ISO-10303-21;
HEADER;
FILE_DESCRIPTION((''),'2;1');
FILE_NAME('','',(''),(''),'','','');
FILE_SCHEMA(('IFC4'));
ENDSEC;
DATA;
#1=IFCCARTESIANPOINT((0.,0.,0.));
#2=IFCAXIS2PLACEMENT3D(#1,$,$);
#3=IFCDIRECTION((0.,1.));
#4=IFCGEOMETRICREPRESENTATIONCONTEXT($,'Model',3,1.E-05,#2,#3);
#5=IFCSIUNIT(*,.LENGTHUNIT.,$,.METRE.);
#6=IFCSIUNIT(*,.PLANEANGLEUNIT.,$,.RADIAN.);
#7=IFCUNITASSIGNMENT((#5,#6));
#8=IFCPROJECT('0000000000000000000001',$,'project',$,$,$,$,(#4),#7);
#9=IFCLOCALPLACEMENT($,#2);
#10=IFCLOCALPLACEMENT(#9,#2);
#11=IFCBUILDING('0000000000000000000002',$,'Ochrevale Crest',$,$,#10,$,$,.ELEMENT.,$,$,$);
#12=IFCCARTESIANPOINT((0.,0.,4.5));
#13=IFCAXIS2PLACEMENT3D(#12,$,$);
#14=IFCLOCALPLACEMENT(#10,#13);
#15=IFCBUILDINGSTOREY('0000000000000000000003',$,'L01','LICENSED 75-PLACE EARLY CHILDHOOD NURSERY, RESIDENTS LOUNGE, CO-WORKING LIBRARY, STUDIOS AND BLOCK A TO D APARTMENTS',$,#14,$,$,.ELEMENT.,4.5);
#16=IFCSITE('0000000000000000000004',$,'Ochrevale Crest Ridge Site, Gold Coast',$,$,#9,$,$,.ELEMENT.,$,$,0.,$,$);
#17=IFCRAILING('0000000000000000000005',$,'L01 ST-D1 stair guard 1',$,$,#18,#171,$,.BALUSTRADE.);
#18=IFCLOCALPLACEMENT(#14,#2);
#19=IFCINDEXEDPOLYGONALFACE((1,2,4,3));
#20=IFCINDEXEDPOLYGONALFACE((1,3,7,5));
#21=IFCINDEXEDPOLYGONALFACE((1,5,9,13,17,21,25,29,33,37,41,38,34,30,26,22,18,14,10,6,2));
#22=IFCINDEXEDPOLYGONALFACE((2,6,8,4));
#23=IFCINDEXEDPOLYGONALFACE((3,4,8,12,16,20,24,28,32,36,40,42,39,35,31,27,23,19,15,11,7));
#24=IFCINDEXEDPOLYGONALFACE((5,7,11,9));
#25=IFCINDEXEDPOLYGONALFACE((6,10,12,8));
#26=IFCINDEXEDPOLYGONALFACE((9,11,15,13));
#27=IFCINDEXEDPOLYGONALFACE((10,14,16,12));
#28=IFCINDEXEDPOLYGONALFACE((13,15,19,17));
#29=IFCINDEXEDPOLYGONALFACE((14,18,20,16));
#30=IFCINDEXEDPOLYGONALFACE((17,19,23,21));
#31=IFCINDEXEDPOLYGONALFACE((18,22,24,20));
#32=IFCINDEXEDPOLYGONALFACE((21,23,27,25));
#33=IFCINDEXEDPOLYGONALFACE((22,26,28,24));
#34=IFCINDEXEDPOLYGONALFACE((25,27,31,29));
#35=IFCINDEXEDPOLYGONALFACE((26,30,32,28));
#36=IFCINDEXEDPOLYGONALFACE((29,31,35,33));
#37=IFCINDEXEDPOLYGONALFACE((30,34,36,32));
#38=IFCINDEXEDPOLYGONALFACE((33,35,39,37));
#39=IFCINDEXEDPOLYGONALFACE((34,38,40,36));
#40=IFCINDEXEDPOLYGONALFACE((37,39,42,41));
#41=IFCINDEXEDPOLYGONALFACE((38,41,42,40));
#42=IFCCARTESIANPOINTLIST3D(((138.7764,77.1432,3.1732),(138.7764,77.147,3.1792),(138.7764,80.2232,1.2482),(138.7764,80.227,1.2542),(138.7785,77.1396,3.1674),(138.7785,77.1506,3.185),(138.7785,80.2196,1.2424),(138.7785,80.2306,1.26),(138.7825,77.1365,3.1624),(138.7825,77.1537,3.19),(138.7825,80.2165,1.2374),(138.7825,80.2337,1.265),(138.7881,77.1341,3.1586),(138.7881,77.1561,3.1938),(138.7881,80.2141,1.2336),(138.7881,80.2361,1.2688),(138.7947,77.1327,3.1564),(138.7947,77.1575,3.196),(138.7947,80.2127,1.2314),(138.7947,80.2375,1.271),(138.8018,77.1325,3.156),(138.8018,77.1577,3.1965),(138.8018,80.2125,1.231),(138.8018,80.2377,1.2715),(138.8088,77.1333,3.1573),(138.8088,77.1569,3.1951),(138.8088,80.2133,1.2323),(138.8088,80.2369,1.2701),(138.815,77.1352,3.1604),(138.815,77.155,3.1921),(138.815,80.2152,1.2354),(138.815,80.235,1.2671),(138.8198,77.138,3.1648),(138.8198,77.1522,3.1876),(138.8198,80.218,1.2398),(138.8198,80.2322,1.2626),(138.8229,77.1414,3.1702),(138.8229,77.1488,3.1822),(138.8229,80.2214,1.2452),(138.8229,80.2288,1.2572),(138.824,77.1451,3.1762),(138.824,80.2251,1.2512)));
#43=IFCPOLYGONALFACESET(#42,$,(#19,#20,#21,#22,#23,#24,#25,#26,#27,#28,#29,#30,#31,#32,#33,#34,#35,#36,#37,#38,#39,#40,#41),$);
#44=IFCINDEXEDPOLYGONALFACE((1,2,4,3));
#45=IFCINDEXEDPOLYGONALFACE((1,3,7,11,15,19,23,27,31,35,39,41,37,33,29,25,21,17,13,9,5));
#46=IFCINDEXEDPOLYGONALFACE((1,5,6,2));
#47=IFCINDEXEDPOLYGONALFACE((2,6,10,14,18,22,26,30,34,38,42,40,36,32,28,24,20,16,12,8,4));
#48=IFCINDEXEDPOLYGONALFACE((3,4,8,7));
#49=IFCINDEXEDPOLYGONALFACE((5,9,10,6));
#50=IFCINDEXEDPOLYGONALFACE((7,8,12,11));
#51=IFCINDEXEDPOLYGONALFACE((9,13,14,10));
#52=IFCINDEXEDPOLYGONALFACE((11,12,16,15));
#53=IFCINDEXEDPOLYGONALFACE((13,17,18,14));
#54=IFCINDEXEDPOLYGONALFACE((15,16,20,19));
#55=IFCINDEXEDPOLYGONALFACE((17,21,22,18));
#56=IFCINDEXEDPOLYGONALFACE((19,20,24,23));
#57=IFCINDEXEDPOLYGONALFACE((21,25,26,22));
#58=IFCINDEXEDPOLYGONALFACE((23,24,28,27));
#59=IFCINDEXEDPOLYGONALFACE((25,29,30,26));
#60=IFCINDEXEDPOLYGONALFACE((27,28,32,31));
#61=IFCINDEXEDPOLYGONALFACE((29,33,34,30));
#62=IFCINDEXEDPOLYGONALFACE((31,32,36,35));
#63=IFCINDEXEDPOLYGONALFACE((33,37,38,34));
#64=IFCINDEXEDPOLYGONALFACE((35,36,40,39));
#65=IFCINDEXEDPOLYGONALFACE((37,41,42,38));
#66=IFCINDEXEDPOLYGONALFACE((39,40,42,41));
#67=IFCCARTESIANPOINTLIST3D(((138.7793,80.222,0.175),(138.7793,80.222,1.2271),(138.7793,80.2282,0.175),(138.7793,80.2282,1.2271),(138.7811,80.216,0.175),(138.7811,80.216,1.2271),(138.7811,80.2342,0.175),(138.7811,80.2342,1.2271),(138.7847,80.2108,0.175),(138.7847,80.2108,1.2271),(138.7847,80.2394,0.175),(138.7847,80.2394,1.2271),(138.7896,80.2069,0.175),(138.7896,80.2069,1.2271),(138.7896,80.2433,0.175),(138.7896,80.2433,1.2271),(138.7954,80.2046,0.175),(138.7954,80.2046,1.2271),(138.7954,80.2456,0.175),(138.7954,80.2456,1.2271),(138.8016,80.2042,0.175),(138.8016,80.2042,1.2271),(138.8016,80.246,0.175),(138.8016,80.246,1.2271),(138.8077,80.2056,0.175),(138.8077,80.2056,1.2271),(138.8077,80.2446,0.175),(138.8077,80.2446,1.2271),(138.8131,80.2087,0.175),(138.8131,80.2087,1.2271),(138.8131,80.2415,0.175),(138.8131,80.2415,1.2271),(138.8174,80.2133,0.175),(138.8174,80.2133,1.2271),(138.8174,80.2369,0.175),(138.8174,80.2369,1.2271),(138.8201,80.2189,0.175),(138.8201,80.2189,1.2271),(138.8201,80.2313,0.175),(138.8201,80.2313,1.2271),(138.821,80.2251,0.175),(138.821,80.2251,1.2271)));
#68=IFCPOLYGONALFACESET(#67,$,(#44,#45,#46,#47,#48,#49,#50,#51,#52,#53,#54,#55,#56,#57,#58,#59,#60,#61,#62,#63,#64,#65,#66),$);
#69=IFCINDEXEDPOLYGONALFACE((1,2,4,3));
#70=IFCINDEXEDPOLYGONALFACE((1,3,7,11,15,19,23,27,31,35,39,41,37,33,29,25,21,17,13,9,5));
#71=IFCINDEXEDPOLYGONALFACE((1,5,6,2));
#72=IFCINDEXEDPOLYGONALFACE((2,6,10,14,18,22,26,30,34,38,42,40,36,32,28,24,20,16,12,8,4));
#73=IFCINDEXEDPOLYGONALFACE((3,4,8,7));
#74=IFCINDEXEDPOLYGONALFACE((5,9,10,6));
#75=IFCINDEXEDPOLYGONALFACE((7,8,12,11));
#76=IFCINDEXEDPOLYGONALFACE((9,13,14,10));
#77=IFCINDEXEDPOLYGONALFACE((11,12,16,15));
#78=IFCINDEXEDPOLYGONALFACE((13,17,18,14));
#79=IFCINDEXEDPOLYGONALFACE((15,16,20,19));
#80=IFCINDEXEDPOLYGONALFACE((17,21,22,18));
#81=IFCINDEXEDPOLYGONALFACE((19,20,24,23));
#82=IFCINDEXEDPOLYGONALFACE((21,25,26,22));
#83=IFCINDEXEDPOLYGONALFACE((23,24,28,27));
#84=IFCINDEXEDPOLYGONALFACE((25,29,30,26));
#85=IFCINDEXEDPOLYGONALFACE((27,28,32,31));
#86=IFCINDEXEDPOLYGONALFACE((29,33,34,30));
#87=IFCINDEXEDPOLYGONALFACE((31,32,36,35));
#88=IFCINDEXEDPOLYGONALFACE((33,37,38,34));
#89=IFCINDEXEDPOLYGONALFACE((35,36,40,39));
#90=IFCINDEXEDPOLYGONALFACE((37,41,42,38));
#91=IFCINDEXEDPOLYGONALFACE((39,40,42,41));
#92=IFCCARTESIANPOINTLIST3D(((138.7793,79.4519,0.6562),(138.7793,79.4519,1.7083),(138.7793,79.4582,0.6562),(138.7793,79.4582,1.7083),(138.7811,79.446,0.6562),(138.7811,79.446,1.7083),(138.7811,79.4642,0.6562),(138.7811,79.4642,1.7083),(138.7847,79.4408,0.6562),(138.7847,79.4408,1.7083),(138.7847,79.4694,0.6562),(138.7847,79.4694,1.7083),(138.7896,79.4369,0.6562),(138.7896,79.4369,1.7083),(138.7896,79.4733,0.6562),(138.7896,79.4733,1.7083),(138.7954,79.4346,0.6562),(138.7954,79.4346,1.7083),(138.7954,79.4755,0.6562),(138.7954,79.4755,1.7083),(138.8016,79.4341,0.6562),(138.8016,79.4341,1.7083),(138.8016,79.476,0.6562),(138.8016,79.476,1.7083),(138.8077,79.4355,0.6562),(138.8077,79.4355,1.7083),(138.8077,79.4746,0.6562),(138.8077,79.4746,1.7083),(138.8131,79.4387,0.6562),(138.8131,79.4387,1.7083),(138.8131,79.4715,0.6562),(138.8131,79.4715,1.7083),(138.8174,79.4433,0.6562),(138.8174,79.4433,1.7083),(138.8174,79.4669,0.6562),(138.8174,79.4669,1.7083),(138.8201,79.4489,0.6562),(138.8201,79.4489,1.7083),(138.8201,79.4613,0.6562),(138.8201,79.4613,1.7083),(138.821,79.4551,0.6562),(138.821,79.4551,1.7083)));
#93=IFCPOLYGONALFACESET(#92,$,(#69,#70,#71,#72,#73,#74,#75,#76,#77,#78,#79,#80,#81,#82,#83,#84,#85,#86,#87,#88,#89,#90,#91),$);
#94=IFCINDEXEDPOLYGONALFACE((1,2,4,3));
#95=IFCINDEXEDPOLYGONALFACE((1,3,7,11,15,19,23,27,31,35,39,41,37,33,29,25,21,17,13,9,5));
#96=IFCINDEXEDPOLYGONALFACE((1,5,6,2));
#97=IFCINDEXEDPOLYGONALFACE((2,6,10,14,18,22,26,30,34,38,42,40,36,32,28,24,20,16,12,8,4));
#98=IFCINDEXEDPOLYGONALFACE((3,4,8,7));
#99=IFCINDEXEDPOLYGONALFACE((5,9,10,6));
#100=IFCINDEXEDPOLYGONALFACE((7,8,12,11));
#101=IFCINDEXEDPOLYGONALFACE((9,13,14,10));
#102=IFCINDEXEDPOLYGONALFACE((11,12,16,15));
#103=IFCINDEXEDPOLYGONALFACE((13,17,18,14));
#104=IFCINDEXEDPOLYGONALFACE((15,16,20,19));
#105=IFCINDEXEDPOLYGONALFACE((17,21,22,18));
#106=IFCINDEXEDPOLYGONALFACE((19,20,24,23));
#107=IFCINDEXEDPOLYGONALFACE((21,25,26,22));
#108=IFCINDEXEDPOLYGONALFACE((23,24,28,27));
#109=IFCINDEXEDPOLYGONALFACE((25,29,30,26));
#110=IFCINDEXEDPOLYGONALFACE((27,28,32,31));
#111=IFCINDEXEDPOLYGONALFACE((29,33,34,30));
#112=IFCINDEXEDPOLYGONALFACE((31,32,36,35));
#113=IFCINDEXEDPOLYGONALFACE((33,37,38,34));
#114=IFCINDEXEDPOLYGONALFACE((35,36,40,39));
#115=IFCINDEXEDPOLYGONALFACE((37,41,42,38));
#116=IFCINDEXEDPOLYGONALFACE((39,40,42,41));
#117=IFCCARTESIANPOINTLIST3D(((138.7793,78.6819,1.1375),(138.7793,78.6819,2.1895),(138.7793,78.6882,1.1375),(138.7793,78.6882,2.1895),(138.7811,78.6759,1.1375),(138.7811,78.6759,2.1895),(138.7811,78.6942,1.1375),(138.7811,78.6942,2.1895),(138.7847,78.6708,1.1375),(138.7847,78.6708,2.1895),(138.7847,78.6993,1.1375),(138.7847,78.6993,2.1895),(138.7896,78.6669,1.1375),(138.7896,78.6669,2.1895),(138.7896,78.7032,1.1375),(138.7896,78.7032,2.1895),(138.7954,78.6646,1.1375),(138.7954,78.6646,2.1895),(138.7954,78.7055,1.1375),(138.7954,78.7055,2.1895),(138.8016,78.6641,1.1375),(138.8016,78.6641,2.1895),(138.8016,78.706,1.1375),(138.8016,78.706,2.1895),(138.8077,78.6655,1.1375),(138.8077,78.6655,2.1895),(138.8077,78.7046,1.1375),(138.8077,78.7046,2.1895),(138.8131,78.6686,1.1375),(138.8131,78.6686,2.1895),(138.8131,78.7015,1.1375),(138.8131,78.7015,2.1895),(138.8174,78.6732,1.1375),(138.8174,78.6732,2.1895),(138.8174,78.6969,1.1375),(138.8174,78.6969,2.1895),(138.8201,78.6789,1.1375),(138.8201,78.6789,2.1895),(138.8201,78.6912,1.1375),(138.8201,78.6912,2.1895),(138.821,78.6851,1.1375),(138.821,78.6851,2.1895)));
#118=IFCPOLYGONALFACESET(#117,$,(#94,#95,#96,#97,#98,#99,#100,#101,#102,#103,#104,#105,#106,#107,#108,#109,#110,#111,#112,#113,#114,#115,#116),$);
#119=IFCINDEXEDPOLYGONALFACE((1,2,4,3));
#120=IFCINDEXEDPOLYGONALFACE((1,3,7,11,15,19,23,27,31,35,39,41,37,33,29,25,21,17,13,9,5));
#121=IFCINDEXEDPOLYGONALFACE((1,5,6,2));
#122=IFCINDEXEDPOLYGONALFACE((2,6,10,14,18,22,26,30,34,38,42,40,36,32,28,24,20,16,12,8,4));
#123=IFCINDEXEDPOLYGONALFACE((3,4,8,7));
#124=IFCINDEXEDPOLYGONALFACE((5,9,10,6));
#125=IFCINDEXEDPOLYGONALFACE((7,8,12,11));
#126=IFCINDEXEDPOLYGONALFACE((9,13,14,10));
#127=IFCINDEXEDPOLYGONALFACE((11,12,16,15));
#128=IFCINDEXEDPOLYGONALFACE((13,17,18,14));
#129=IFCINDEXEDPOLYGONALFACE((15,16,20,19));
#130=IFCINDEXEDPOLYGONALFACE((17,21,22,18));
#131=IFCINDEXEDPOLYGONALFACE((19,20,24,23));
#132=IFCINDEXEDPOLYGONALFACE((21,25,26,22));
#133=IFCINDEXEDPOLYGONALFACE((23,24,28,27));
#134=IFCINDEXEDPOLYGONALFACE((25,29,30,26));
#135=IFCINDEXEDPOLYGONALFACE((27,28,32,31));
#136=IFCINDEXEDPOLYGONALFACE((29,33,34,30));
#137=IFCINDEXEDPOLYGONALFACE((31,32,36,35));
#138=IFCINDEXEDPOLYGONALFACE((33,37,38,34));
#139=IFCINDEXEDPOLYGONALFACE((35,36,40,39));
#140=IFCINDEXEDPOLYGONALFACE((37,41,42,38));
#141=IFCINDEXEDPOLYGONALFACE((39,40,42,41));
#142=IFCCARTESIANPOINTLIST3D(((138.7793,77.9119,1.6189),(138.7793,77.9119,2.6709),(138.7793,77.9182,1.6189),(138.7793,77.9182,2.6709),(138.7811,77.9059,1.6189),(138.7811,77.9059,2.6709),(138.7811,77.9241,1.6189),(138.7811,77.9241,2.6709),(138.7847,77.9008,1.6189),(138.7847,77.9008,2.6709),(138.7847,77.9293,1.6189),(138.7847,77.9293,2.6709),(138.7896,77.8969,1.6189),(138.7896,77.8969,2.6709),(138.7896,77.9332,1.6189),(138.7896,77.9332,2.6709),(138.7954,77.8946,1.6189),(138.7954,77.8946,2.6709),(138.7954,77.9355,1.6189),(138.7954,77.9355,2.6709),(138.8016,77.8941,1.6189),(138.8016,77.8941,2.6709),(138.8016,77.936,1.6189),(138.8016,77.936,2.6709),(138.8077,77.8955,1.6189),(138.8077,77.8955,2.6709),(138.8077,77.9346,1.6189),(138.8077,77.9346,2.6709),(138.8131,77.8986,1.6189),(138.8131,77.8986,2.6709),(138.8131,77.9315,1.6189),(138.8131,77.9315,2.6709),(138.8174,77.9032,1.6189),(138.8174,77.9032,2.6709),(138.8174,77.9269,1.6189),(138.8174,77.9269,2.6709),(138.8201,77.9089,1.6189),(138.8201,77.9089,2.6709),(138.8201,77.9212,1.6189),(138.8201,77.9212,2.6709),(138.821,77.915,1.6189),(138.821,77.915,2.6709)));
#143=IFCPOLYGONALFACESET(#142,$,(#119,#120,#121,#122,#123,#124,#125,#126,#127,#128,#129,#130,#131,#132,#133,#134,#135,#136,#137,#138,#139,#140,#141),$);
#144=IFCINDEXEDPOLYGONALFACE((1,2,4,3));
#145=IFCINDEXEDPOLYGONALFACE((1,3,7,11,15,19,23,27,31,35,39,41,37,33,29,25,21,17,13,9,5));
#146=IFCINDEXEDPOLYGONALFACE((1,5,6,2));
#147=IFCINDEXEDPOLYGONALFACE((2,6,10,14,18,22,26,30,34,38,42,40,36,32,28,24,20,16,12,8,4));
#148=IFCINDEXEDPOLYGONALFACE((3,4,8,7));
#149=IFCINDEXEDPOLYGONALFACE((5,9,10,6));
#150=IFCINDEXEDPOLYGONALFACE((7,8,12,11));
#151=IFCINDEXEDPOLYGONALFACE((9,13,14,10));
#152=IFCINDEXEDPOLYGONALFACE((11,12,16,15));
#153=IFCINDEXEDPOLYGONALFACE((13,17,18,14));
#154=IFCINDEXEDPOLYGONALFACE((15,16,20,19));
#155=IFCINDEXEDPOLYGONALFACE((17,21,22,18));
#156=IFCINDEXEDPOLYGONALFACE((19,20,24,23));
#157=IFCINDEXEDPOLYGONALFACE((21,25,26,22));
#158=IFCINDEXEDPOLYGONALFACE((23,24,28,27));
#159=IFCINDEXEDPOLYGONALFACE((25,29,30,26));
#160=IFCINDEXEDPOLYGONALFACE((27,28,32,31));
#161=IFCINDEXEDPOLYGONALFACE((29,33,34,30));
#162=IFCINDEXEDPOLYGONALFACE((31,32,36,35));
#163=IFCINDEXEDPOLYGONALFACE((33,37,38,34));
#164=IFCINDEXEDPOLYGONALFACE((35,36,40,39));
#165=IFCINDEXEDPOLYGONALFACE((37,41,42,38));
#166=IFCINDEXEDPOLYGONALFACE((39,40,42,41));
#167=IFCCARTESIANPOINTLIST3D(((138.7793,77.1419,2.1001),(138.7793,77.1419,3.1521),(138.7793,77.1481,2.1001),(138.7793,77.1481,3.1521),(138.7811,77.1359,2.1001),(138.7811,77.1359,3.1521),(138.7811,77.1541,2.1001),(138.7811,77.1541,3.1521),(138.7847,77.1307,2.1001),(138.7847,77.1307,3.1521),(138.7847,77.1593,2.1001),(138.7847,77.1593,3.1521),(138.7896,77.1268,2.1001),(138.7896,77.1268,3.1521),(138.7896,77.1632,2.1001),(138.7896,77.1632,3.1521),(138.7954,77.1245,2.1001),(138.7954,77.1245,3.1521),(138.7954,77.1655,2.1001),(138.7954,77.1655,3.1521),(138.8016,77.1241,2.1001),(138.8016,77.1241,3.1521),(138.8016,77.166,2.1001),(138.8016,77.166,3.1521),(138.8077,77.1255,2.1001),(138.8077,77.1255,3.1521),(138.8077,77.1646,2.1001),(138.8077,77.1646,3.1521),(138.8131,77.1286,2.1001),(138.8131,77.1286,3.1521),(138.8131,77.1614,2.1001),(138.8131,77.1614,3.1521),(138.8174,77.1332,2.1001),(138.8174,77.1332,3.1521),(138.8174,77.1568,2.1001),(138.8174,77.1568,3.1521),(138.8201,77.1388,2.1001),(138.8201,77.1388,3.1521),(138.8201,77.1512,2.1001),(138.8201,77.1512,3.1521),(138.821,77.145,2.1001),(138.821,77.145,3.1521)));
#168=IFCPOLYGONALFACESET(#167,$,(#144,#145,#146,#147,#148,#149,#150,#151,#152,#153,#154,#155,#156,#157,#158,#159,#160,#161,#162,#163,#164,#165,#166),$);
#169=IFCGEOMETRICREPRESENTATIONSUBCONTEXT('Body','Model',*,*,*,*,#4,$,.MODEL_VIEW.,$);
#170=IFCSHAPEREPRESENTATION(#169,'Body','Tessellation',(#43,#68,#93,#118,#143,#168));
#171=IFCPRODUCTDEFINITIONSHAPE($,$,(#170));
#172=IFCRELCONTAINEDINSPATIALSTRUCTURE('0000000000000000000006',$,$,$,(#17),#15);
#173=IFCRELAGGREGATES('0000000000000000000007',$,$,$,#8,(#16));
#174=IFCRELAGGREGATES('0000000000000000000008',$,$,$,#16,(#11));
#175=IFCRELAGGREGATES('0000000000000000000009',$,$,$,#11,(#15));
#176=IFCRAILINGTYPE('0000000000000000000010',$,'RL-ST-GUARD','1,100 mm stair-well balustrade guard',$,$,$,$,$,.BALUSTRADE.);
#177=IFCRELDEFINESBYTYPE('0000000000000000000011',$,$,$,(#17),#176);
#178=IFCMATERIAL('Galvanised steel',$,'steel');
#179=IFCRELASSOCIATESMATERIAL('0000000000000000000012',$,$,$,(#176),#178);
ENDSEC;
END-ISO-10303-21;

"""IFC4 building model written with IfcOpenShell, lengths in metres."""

from ifc_helpers import new_model, si_unit, direction, frame, origin, origin_2d, place, context, subcontext, project, spatial, circle, extrude, material, type_object, element, save


model = new_model("IFC4")

# Units and contexts
model_context = context("Model", 3, precision=1e-05, world=origin(), true_north=direction((0.0, 1.0)))
body_context = subcontext(model_context, "Body", "Model", "MODEL_VIEW")
ifc_project = project(units=[si_unit("LENGTHUNIT", "METRE"), si_unit("PLANEANGLEUNIT", "RADIAN")], contexts=[model_context])

# Site, building, storey
site_placement = place(None, origin())
site = spatial("IfcSite", under=ifc_project, at=site_placement, Name="Ochrevale Crest Ridge Site, Gold Coast", CompositionType="ELEMENT", RefElevation=0.0)
building_placement = place(site_placement, origin())
building = spatial("IfcBuilding", under=site, at=building_placement, Name="Ochrevale Crest", CompositionType="ELEMENT")
storey_placement = place(building_placement, frame((0.0, 0.0, 4.5)))
storey = spatial("IfcBuildingStorey", under=building, at=storey_placement, Name="L01", Description="LICENSED 75-PLACE EARLY CHILDHOOD NURSERY, RESIDENTS LOUNGE, CO-WORKING LIBRARY, STUDIOS AND BLOCK A TO D APARTMENTS", CompositionType="ELEMENT", Elevation=4.5)

# Railing
ifc_material_1 = material(Name="Galvanised steel", Category="steel")
railing_type_1 = type_object("IfcRailingType", Name="RL-ST-GUARD", Description="1,100 mm stair-well balustrade guard", PredefinedType="BALUSTRADE", material=ifc_material_1)
railing_1_placement = place(storey_placement, frame((138.8, 80.2251, 0.175)))
element("IfcRailing", 1, at=railing_1_placement, inside=storey, type_object=railing_type_1, Name="L01 ST-D1 stair guard 1", PredefinedType="BALUSTRADE", context=body_context, shape_type="SweptSolid", body=[
    extrude(circle(Radius=0.0239, at=origin_2d()), frame((0.0, 0.0, 1.0762), z_axis=(0.0, -0.847998, 0.529999), x_axis=(1.0, 0.0, 0.0)), (0.0, 0.0, 1.0), 3.6321),
    extrude(circle(Radius=0.021, at=origin_2d()), origin(), (0.0, 0.0, 1.0), 1.052),
    extrude(circle(Radius=0.021, at=origin_2d()), frame((0.0, -0.77, 0.4812)), (0.0, 0.0, 1.0), 1.052),
    extrude(circle(Radius=0.021, at=origin_2d()), frame((0.0, -1.54, 0.9624)), (0.0, 0.0, 1.0), 1.052),
    extrude(circle(Radius=0.021, at=origin_2d()), frame((0.0, -2.3101, 1.4438)), (0.0, 0.0, 1.0), 1.052),
    extrude(circle(Radius=0.021, at=origin_2d()), frame((0.0, -3.0801, 1.925)), (0.0, 0.0, 1.0), 1.052),
])

save(model, "model.ifc")
